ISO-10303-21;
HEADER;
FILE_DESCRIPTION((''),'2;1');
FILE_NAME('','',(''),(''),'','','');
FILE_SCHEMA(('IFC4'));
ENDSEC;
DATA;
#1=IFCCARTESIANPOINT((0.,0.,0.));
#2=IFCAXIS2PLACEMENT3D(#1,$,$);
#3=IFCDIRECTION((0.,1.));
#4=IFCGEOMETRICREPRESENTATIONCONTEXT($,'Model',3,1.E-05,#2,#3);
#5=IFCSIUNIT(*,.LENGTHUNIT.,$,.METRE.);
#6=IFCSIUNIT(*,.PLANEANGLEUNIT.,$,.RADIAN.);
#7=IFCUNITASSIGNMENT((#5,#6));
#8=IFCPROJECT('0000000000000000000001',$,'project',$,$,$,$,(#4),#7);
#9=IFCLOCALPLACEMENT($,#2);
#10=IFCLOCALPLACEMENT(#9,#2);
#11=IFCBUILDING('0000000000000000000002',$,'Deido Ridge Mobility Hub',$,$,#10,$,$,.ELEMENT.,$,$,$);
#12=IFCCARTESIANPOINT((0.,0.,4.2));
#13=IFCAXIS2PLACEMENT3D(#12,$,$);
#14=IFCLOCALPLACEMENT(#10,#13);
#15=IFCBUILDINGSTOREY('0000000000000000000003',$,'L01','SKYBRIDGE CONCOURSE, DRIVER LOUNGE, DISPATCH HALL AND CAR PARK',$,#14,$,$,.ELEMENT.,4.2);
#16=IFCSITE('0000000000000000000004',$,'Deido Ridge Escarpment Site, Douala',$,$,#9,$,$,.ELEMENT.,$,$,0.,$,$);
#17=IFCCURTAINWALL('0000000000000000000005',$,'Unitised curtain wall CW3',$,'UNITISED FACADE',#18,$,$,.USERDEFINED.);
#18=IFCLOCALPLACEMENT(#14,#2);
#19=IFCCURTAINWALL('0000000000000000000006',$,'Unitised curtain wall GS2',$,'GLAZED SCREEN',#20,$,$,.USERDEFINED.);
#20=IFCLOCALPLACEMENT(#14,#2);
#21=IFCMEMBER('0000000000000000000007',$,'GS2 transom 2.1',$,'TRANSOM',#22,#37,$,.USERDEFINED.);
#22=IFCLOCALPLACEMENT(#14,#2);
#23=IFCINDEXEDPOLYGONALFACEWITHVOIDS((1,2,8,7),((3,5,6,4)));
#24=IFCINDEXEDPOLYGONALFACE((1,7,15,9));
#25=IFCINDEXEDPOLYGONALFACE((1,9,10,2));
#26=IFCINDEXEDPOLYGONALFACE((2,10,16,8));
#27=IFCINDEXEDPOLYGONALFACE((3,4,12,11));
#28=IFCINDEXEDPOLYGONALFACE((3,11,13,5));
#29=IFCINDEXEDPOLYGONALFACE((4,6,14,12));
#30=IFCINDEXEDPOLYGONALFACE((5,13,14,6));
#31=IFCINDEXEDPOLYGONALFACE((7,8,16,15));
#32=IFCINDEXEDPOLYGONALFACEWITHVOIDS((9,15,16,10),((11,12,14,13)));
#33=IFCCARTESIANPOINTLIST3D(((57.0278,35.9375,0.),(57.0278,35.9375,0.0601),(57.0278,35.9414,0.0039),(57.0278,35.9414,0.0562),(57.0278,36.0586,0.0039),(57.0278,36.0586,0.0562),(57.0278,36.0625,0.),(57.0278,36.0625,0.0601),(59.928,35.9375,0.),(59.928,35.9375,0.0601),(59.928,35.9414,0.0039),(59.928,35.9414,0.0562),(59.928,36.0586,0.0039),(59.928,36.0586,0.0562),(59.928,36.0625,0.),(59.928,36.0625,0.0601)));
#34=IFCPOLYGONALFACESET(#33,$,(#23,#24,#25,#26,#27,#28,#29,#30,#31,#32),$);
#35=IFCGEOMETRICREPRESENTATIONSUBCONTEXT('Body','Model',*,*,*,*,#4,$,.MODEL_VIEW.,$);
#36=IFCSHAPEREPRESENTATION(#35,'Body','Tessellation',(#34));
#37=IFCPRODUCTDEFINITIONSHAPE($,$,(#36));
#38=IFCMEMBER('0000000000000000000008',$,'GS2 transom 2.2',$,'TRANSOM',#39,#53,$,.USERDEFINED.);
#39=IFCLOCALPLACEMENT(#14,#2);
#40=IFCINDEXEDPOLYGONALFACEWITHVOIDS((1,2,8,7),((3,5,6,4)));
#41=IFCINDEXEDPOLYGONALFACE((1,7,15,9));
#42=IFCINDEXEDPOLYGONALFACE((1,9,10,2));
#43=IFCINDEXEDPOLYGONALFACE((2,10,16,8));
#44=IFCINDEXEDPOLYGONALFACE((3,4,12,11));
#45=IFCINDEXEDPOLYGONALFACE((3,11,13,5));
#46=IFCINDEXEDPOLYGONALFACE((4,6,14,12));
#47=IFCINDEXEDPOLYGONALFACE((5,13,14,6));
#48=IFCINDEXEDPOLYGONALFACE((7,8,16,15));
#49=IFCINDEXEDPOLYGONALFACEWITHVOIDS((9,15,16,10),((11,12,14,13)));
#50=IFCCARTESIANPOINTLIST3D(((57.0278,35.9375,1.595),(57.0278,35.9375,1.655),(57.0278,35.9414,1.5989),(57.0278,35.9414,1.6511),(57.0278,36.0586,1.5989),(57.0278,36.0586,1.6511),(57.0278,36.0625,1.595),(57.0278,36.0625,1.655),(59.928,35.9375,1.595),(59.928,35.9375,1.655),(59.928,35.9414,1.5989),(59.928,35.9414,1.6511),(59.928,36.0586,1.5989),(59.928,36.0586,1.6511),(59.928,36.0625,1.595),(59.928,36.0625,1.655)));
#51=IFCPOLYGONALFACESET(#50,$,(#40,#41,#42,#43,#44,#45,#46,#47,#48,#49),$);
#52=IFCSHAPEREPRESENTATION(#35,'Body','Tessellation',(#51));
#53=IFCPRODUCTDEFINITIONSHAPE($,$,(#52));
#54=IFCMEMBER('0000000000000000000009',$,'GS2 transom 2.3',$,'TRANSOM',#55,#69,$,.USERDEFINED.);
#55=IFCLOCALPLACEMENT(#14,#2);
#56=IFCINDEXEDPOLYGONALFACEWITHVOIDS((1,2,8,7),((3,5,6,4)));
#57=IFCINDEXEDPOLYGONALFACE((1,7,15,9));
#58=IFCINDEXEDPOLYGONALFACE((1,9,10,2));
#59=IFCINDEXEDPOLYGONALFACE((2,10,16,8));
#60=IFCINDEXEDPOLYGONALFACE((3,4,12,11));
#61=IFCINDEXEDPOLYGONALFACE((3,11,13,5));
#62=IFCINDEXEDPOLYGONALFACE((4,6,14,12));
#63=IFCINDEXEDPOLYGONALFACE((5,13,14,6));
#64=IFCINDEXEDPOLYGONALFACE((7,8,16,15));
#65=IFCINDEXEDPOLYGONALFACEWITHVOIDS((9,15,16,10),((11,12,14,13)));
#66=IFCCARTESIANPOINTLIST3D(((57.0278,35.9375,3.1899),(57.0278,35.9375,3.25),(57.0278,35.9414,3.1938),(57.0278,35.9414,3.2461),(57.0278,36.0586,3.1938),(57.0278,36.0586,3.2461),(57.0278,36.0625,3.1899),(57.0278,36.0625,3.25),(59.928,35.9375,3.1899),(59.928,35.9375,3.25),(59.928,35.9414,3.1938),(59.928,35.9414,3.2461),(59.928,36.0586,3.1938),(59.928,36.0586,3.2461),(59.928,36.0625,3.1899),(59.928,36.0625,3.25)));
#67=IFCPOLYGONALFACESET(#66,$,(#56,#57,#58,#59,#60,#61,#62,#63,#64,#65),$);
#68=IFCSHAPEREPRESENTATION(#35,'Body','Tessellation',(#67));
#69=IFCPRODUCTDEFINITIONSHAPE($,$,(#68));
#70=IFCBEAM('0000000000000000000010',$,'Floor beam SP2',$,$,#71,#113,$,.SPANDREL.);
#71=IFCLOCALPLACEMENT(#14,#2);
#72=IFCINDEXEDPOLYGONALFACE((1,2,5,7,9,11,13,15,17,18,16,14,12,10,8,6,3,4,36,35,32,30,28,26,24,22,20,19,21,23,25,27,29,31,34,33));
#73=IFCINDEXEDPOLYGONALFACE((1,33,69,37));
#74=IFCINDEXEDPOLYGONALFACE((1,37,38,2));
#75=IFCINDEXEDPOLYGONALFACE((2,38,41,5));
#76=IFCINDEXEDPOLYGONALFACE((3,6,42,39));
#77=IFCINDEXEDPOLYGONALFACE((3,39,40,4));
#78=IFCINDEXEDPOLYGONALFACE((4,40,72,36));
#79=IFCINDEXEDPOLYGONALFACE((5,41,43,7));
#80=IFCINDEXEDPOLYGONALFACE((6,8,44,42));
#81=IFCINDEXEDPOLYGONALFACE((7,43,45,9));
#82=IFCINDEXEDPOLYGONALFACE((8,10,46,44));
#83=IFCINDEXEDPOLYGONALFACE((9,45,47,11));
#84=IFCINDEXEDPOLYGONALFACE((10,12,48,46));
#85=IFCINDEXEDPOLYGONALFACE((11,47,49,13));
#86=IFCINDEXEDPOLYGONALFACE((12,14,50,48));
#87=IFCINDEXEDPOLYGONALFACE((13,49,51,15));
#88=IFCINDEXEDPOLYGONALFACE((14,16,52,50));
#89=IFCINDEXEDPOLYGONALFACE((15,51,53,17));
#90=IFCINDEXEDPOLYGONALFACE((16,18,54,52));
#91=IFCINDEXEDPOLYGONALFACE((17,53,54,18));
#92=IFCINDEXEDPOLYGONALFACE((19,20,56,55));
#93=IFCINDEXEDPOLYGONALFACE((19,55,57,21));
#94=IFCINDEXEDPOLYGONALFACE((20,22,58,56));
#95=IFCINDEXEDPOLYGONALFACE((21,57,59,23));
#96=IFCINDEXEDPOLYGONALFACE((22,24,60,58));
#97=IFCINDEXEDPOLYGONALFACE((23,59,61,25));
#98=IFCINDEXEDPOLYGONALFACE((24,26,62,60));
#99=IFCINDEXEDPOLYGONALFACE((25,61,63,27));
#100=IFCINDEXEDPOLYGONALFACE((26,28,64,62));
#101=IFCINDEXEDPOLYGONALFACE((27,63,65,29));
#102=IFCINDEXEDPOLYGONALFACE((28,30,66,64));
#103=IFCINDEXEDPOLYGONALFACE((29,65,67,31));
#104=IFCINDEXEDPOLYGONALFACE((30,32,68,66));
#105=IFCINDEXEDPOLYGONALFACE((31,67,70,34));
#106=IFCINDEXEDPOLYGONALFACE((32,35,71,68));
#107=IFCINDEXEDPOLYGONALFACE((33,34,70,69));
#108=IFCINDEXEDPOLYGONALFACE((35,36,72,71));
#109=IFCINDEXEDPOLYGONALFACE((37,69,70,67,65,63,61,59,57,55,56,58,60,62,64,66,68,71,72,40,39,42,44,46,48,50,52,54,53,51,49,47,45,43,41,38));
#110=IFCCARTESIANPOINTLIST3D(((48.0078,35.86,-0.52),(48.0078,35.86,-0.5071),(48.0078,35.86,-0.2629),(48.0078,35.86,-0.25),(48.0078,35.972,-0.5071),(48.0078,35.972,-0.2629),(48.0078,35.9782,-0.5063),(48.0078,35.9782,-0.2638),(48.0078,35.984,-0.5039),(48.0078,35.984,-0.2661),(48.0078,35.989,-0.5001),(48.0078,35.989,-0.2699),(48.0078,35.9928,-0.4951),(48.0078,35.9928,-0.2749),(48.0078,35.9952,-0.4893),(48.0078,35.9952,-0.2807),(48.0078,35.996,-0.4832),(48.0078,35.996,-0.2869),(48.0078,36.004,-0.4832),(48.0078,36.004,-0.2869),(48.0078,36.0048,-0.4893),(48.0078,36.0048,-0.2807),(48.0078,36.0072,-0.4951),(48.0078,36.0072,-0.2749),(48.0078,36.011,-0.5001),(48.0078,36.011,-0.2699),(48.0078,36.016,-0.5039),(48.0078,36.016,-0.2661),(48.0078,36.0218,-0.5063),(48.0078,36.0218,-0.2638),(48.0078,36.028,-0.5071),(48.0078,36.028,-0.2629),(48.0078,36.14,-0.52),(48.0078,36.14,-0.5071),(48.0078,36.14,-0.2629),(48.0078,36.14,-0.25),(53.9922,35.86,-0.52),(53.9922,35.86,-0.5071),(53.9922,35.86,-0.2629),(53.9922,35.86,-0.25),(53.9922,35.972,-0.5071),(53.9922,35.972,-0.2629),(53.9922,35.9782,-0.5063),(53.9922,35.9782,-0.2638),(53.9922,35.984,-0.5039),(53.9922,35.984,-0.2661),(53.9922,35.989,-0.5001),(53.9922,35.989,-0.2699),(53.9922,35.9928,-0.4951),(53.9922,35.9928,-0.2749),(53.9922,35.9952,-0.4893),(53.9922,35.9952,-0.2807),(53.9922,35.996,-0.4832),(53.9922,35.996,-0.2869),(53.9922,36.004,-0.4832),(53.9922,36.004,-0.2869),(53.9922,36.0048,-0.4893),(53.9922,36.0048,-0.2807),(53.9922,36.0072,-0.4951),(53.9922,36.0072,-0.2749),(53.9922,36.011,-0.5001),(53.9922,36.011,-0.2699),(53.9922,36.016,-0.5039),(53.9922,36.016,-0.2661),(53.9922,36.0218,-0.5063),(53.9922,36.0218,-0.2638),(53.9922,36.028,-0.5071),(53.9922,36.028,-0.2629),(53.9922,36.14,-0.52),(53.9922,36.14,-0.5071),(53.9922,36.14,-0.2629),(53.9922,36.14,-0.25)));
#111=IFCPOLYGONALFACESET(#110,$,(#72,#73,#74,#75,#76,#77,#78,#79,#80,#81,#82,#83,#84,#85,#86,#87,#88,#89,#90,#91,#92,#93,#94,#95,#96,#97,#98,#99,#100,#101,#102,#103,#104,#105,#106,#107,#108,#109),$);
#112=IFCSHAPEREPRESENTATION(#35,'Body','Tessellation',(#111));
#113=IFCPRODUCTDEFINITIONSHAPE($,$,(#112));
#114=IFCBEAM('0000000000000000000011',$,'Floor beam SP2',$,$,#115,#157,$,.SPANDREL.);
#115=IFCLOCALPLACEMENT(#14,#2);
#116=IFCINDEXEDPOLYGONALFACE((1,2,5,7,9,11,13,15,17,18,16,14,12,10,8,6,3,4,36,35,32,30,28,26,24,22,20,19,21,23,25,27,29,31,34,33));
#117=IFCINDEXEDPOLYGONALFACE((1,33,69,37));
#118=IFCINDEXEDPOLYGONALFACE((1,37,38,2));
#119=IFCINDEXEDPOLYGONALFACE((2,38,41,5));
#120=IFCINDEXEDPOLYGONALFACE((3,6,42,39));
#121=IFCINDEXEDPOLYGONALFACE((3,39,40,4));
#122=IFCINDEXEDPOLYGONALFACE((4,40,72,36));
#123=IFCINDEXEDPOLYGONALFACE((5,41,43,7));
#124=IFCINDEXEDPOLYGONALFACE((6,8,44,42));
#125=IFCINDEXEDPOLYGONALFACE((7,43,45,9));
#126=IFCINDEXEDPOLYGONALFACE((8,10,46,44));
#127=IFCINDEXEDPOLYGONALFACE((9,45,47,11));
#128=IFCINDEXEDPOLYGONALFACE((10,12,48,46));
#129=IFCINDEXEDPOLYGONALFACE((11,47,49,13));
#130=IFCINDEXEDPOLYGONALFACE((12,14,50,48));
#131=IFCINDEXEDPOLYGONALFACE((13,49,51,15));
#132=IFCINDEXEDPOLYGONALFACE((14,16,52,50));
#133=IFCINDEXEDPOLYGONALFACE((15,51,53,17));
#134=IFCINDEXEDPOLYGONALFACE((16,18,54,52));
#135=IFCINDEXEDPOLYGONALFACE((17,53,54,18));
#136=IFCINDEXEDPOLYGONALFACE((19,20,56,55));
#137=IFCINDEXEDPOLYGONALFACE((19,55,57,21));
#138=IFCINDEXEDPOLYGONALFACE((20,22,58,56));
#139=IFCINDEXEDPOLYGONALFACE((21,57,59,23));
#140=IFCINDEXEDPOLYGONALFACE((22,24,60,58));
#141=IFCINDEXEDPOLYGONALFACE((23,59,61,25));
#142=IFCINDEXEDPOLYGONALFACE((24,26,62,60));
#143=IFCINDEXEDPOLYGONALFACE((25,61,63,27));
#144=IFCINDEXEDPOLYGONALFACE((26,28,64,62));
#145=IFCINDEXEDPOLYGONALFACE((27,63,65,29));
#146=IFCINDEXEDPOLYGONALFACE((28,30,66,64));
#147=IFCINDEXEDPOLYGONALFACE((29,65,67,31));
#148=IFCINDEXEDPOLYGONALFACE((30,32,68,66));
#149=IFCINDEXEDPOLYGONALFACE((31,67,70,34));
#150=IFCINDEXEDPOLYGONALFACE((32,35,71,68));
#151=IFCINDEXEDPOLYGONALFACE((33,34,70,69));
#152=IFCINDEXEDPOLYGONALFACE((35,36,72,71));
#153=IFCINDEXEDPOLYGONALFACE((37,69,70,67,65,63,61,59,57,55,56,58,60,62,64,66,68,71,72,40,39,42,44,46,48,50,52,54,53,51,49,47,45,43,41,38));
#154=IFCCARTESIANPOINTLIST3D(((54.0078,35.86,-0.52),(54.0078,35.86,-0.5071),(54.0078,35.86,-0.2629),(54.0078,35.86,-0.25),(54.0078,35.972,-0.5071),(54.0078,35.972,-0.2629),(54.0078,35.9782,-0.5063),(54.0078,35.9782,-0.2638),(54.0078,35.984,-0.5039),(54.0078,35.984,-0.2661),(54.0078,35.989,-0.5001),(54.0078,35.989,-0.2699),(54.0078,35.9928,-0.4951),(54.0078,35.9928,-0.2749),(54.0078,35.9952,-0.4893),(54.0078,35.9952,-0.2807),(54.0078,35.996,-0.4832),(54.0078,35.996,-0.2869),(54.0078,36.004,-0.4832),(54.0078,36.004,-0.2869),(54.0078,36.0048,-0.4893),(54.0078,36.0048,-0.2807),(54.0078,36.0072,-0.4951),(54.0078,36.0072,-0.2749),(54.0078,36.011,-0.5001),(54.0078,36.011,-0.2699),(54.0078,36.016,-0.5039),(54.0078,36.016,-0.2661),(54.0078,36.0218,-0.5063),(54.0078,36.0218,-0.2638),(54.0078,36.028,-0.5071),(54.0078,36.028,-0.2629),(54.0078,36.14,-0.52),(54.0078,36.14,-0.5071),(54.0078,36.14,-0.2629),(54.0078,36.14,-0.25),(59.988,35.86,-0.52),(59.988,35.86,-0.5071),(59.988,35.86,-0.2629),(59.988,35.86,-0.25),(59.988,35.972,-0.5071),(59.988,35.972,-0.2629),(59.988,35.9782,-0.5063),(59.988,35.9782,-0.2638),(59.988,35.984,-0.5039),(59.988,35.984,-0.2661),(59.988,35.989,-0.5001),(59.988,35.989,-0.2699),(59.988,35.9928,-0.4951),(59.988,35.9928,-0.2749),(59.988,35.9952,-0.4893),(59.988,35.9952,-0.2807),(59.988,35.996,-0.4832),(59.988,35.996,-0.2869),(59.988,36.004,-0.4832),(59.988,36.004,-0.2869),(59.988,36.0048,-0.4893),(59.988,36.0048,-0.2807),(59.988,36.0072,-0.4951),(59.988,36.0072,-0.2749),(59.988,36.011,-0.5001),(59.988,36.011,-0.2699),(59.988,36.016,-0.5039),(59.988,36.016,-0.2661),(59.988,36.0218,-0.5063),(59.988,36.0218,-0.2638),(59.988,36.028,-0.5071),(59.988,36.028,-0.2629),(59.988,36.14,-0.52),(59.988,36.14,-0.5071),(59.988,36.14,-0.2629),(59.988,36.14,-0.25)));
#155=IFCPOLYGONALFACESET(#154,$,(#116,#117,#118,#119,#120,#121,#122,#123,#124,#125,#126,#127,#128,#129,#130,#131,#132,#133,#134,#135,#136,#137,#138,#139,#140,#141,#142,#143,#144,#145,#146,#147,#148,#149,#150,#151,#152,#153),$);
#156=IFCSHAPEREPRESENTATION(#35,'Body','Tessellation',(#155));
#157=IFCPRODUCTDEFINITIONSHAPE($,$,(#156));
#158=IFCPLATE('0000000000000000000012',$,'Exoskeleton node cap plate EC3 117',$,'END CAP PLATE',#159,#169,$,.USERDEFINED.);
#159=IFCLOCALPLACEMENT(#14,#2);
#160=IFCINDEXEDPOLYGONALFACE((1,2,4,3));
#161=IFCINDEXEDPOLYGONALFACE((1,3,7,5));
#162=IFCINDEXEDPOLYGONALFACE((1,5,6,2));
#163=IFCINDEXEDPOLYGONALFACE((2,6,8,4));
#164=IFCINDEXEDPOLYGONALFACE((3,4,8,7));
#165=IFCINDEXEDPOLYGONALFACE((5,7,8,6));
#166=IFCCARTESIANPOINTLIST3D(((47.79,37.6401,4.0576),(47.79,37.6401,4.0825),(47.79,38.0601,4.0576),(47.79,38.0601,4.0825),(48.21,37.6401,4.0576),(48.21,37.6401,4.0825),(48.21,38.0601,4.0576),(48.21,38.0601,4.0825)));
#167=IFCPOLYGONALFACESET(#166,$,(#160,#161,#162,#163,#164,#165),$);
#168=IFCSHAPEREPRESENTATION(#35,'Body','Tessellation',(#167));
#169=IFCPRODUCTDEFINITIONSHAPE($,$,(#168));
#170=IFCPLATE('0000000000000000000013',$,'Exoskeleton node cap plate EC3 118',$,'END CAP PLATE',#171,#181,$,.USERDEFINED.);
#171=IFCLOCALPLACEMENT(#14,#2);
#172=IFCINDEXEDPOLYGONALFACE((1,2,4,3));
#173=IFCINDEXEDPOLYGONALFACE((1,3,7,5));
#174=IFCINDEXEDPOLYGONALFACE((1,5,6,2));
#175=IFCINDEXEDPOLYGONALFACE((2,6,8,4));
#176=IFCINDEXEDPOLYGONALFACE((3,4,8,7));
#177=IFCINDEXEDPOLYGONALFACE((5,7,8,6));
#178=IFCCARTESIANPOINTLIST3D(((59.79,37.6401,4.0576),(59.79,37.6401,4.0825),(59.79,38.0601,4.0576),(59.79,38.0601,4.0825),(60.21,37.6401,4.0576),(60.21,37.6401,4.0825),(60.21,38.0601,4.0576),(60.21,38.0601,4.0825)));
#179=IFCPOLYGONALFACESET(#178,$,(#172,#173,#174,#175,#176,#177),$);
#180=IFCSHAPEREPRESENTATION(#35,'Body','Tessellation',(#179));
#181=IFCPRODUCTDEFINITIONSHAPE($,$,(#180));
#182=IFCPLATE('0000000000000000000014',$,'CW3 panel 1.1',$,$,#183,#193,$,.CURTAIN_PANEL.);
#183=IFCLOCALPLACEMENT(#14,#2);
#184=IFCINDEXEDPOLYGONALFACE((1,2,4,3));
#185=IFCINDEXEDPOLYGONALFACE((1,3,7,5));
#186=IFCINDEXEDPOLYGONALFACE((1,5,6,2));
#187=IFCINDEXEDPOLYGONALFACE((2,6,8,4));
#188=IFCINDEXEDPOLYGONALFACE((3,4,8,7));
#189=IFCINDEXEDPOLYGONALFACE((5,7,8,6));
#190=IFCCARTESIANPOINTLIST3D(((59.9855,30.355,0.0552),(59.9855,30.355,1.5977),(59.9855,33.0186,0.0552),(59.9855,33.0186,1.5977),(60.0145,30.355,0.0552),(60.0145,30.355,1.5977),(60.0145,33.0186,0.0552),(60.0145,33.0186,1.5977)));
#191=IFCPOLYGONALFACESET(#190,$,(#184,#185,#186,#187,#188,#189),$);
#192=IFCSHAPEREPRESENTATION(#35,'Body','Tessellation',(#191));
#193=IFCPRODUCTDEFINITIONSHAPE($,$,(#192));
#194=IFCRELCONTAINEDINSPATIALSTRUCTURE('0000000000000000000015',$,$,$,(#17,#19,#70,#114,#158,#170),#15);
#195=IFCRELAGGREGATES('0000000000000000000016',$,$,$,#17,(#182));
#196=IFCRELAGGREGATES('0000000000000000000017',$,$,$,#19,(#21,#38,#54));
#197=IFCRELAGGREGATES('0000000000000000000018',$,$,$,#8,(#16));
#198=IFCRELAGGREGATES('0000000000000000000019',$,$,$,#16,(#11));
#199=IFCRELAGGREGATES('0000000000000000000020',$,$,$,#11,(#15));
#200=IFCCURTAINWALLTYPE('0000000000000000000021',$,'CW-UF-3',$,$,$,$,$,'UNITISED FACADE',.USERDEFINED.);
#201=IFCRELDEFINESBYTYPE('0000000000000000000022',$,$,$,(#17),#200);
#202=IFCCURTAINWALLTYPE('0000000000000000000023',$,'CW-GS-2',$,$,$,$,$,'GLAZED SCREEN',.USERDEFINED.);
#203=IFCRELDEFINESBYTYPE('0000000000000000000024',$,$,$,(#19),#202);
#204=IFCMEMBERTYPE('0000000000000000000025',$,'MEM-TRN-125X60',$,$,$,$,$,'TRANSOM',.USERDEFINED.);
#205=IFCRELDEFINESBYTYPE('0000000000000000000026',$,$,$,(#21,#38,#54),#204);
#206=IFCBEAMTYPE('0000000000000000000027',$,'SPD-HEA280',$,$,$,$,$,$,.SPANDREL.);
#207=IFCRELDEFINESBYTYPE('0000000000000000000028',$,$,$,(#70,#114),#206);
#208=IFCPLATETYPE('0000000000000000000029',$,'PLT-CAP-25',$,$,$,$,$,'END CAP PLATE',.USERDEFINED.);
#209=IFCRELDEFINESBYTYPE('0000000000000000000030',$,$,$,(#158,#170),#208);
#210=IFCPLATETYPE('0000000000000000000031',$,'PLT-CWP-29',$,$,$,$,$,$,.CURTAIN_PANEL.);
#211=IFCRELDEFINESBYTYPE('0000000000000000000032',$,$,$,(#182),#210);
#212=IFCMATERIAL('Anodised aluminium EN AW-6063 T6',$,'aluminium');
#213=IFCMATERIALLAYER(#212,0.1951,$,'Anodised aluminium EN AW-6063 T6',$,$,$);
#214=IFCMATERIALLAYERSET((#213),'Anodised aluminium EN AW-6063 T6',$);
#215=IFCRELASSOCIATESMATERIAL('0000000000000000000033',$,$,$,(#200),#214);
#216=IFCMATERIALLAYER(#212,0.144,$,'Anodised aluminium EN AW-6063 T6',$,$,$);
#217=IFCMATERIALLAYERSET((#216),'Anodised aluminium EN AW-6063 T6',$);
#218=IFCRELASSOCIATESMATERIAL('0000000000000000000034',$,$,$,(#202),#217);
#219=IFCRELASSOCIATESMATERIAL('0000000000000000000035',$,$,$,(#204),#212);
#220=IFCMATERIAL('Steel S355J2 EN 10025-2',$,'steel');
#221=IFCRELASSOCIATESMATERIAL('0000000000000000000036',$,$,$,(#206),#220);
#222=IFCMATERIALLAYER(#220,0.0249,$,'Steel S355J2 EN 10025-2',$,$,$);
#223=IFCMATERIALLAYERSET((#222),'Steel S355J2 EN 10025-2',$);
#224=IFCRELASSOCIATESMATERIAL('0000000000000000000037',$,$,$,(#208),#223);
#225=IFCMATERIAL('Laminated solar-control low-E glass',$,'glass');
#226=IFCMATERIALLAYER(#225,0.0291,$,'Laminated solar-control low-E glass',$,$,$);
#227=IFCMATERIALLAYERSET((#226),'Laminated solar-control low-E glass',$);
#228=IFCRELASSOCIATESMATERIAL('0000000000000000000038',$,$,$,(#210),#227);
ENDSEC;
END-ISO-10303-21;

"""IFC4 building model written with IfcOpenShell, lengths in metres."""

from ifc_helpers import new_model, si_unit, direction, frame, origin, origin_2d, place, context, subcontext, project, spatial, rectangle, hollow_rectangle, i_section, extrude, material, layer, layer_set, material_profile, profile_set, type_object, element, aggregate, save


model = new_model("IFC4")

# Units and contexts
model_context = context("Model", 3, precision=1e-05, world=origin(), true_north=direction((0.0, 1.0)))
body_context = subcontext(model_context, "Body", "Model", "MODEL_VIEW")
ifc_project = project(units=[si_unit("LENGTHUNIT", "METRE"), si_unit("PLANEANGLEUNIT", "RADIAN")], contexts=[model_context])

# Site, building, storey
site_placement = place(None, origin())
site = spatial("IfcSite", under=ifc_project, at=site_placement, Name="Deido Ridge Escarpment Site, Douala", CompositionType="ELEMENT", RefElevation=0.0)
building_placement = place(site_placement, origin())
building = spatial("IfcBuilding", under=site, at=building_placement, Name="Deido Ridge Mobility Hub", CompositionType="ELEMENT")
storey_placement = place(building_placement, frame((0.0, 0.0, 4.2)))
storey = spatial("IfcBuildingStorey", under=building, at=storey_placement, Name="L01", Description="SKYBRIDGE CONCOURSE, DRIVER LOUNGE, DISPATCH HALL AND CAR PARK", CompositionType="ELEMENT", Elevation=4.2)

# Shared definitions
ifc_material_1 = material(Name="Steel S355J2 EN 10025-2", Category="steel")

# Curtain walls
ifc_material_2 = material(Name="Anodised aluminium EN AW-6063 T6", Category="aluminium")
ifc_layer_1 = layer(ifc_material_2, 0.1951, Name="Anodised aluminium EN AW-6063 T6")
ifc_layer_set_1 = layer_set([ifc_layer_1], Name="Anodised aluminium EN AW-6063 T6")
curtain_wall_type_1 = type_object("IfcCurtainWallType", Name="CW-UF-3", ElementType="UNITISED FACADE", PredefinedType="USERDEFINED", material=ifc_layer_set_1)
curtain_wall_1_placement = place(storey_placement, origin())
curtain_wall_1 = element("IfcCurtainWall", 1, at=curtain_wall_1_placement, inside=storey, type_object=curtain_wall_type_1, Name="Unitised curtain wall CW3", ObjectType="UNITISED FACADE", PredefinedType="USERDEFINED")
ifc_layer_2 = layer(ifc_material_2, 0.144, Name="Anodised aluminium EN AW-6063 T6")
ifc_layer_set_2 = layer_set([ifc_layer_2], Name="Anodised aluminium EN AW-6063 T6")
curtain_wall_type_2 = type_object("IfcCurtainWallType", Name="CW-GS-2", ElementType="GLAZED SCREEN", PredefinedType="USERDEFINED", material=ifc_layer_set_2)
curtain_wall_2_placement = place(storey_placement, origin())
curtain_wall_2 = element("IfcCurtainWall", 2, at=curtain_wall_2_placement, inside=storey, type_object=curtain_wall_type_2, Name="Unitised curtain wall GS2", ObjectType="GLAZED SCREEN", PredefinedType="USERDEFINED")

# Members
ifc_material_profile_1 = material_profile(ifc_material_2, hollow_rectangle(XDim=0.125, YDim=0.0601, WallThickness=0.0039, at=origin_2d()), Name="RHS 125x60x4")
ifc_profile_set_1 = profile_set([ifc_material_profile_1], Name="Anodised aluminium EN AW-6063 T6")
member_type_1 = type_object("IfcMemberType", Name="MEM-TRN-125X60", ElementType="TRANSOM", PredefinedType="USERDEFINED", material=ifc_profile_set_1)
member_1_placement = place(storey_placement, frame((57.0278, 36.0, 0.03), z_axis=(1.0, 0.0, 0.0), x_axis=(0.0, 1.0, 0.0)))
member_1 = element("IfcMember", 3, at=member_1_placement, type_object=member_type_1, Name="GS2 transom 2.1", ObjectType="TRANSOM", PredefinedType="USERDEFINED", context=body_context, shape_type="SweptSolid", body=[
    extrude(hollow_rectangle(XDim=0.125, YDim=0.0601, WallThickness=0.0039, at=origin_2d()), origin(), (0.0, 0.0, 1.0), 2.9001),
])
member_2_placement = place(storey_placement, frame((57.0278, 36.0, 1.625), z_axis=(1.0, 0.0, 0.0), x_axis=(0.0, 1.0, 0.0)))
member_2 = element("IfcMember", 4, at=member_2_placement, type_object=member_type_1, Name="GS2 transom 2.2", ObjectType="TRANSOM", PredefinedType="USERDEFINED", context=body_context, shape_type="SweptSolid", body=[
    extrude(hollow_rectangle(XDim=0.125, YDim=0.0601, WallThickness=0.0039, at=origin_2d()), origin(), (0.0, 0.0, 1.0), 2.9001),
])
member_3_placement = place(storey_placement, frame((57.0278, 36.0, 3.22), z_axis=(1.0, 0.0, 0.0), x_axis=(0.0, 1.0, 0.0)))
member_3 = element("IfcMember", 5, at=member_3_placement, type_object=member_type_1, Name="GS2 transom 2.3", ObjectType="TRANSOM", PredefinedType="USERDEFINED", context=body_context, shape_type="SweptSolid", body=[
    extrude(hollow_rectangle(XDim=0.125, YDim=0.0601, WallThickness=0.0039, at=origin_2d()), origin(), (0.0, 0.0, 1.0), 2.9001),
])

# Beams
ifc_material_profile_2 = material_profile(ifc_material_1, i_section(OverallWidth=0.28, OverallDepth=0.27, WebThickness=0.0081, FlangeThickness=0.0129, FilletRadius=0.0239, at=origin_2d()), Name="HEA 280")
ifc_profile_set_2 = profile_set([ifc_material_profile_2], Name="Steel S355J2 EN 10025-2")
beam_type = type_object("IfcBeamType", Name="SPD-HEA280", PredefinedType="SPANDREL", material=ifc_profile_set_2)
beam_1_placement = place(storey_placement, frame((48.0078, 36.0, -0.385), z_axis=(1.0, 0.0, 0.0), x_axis=(0.0, 1.0, 0.0)))
element("IfcBeam", 6, at=beam_1_placement, inside=storey, type_object=beam_type, Name="Floor beam SP2", PredefinedType="SPANDREL", context=body_context, shape_type="SweptSolid", body=[
    extrude(i_section(OverallWidth=0.28, OverallDepth=0.27, WebThickness=0.0081, FlangeThickness=0.0129, FilletRadius=0.0239, at=origin_2d()), origin(), (0.0, 0.0, 1.0), 5.9844),
])
beam_2_placement = place(storey_placement, frame((54.0078, 36.0, -0.385), z_axis=(1.0, 0.0, 0.0), x_axis=(0.0, 1.0, 0.0)))
element("IfcBeam", 7, at=beam_2_placement, inside=storey, type_object=beam_type, Name="Floor beam SP2", PredefinedType="SPANDREL", context=body_context, shape_type="SweptSolid", body=[
    extrude(i_section(OverallWidth=0.28, OverallDepth=0.27, WebThickness=0.0081, FlangeThickness=0.0129, FilletRadius=0.0239, at=origin_2d()), origin(), (0.0, 0.0, 1.0), 5.9802),
])

# Plates
ifc_layer_3 = layer(ifc_material_1, 0.0249, Name="Steel S355J2 EN 10025-2")
ifc_layer_set_3 = layer_set([ifc_layer_3], Name="Steel S355J2 EN 10025-2")
plate_type_1 = type_object("IfcPlateType", Name="PLT-CAP-25", ElementType="END CAP PLATE", PredefinedType="USERDEFINED", material=ifc_layer_set_3)
for number, where, z_axis, x_axis, name in (
    (8, (48.0, 37.8501, 4.0576), (0.0, 0.0, 1.0), (1.0, 0.0, 0.0), "Exoskeleton node cap plate EC3 117"),
    (9, (60.0, 37.8501, 4.0576), (0.0, 0.0, 1.0), (1.0, 0.0, 0.0), "Exoskeleton node cap plate EC3 118"),
):
    element("IfcPlate", number, at=place(storey_placement, frame(where, z_axis=z_axis, x_axis=x_axis)), inside=storey, type_object=plate_type_1, Name=name, ObjectType="END CAP PLATE", PredefinedType="USERDEFINED", context=body_context, shape_type="SweptSolid", body=[
        extrude(rectangle(XDim=0.4199, YDim=0.4199, at=origin_2d()), origin(), (0.0, 0.0, 1.0), 0.0249),
    ])

# Plate
ifc_material_3 = material(Name="Laminated solar-control low-E glass", Category="glass")
ifc_layer_4 = layer(ifc_material_3, 0.0291, Name="Laminated solar-control low-E glass")
ifc_layer_set_4 = layer_set([ifc_layer_4], Name="Laminated solar-control low-E glass")
plate_type_2 = type_object("IfcPlateType", Name="PLT-CWP-29", PredefinedType="CURTAIN_PANEL", material=ifc_layer_set_4)
plate_1_placement = place(storey_placement, frame((60.0, 31.6868, 0.0552), z_axis=(0.0, 0.0, 1.0), x_axis=(0.0, 1.0, 0.0)))
plate_1 = element("IfcPlate", 10, at=plate_1_placement, type_object=plate_type_2, Name="CW3 panel 1.1", PredefinedType="CURTAIN_PANEL", context=body_context, shape_type="SweptSolid", body=[
    extrude(rectangle(XDim=2.6636, YDim=0.0291, at=origin_2d()), origin(), (0.0, 0.0, 1.0), 1.5425),
])
aggregate(curtain_wall_1, [plate_1])
aggregate(curtain_wall_2, [member_1, member_2, member_3])

save(model, "model.ifc")
